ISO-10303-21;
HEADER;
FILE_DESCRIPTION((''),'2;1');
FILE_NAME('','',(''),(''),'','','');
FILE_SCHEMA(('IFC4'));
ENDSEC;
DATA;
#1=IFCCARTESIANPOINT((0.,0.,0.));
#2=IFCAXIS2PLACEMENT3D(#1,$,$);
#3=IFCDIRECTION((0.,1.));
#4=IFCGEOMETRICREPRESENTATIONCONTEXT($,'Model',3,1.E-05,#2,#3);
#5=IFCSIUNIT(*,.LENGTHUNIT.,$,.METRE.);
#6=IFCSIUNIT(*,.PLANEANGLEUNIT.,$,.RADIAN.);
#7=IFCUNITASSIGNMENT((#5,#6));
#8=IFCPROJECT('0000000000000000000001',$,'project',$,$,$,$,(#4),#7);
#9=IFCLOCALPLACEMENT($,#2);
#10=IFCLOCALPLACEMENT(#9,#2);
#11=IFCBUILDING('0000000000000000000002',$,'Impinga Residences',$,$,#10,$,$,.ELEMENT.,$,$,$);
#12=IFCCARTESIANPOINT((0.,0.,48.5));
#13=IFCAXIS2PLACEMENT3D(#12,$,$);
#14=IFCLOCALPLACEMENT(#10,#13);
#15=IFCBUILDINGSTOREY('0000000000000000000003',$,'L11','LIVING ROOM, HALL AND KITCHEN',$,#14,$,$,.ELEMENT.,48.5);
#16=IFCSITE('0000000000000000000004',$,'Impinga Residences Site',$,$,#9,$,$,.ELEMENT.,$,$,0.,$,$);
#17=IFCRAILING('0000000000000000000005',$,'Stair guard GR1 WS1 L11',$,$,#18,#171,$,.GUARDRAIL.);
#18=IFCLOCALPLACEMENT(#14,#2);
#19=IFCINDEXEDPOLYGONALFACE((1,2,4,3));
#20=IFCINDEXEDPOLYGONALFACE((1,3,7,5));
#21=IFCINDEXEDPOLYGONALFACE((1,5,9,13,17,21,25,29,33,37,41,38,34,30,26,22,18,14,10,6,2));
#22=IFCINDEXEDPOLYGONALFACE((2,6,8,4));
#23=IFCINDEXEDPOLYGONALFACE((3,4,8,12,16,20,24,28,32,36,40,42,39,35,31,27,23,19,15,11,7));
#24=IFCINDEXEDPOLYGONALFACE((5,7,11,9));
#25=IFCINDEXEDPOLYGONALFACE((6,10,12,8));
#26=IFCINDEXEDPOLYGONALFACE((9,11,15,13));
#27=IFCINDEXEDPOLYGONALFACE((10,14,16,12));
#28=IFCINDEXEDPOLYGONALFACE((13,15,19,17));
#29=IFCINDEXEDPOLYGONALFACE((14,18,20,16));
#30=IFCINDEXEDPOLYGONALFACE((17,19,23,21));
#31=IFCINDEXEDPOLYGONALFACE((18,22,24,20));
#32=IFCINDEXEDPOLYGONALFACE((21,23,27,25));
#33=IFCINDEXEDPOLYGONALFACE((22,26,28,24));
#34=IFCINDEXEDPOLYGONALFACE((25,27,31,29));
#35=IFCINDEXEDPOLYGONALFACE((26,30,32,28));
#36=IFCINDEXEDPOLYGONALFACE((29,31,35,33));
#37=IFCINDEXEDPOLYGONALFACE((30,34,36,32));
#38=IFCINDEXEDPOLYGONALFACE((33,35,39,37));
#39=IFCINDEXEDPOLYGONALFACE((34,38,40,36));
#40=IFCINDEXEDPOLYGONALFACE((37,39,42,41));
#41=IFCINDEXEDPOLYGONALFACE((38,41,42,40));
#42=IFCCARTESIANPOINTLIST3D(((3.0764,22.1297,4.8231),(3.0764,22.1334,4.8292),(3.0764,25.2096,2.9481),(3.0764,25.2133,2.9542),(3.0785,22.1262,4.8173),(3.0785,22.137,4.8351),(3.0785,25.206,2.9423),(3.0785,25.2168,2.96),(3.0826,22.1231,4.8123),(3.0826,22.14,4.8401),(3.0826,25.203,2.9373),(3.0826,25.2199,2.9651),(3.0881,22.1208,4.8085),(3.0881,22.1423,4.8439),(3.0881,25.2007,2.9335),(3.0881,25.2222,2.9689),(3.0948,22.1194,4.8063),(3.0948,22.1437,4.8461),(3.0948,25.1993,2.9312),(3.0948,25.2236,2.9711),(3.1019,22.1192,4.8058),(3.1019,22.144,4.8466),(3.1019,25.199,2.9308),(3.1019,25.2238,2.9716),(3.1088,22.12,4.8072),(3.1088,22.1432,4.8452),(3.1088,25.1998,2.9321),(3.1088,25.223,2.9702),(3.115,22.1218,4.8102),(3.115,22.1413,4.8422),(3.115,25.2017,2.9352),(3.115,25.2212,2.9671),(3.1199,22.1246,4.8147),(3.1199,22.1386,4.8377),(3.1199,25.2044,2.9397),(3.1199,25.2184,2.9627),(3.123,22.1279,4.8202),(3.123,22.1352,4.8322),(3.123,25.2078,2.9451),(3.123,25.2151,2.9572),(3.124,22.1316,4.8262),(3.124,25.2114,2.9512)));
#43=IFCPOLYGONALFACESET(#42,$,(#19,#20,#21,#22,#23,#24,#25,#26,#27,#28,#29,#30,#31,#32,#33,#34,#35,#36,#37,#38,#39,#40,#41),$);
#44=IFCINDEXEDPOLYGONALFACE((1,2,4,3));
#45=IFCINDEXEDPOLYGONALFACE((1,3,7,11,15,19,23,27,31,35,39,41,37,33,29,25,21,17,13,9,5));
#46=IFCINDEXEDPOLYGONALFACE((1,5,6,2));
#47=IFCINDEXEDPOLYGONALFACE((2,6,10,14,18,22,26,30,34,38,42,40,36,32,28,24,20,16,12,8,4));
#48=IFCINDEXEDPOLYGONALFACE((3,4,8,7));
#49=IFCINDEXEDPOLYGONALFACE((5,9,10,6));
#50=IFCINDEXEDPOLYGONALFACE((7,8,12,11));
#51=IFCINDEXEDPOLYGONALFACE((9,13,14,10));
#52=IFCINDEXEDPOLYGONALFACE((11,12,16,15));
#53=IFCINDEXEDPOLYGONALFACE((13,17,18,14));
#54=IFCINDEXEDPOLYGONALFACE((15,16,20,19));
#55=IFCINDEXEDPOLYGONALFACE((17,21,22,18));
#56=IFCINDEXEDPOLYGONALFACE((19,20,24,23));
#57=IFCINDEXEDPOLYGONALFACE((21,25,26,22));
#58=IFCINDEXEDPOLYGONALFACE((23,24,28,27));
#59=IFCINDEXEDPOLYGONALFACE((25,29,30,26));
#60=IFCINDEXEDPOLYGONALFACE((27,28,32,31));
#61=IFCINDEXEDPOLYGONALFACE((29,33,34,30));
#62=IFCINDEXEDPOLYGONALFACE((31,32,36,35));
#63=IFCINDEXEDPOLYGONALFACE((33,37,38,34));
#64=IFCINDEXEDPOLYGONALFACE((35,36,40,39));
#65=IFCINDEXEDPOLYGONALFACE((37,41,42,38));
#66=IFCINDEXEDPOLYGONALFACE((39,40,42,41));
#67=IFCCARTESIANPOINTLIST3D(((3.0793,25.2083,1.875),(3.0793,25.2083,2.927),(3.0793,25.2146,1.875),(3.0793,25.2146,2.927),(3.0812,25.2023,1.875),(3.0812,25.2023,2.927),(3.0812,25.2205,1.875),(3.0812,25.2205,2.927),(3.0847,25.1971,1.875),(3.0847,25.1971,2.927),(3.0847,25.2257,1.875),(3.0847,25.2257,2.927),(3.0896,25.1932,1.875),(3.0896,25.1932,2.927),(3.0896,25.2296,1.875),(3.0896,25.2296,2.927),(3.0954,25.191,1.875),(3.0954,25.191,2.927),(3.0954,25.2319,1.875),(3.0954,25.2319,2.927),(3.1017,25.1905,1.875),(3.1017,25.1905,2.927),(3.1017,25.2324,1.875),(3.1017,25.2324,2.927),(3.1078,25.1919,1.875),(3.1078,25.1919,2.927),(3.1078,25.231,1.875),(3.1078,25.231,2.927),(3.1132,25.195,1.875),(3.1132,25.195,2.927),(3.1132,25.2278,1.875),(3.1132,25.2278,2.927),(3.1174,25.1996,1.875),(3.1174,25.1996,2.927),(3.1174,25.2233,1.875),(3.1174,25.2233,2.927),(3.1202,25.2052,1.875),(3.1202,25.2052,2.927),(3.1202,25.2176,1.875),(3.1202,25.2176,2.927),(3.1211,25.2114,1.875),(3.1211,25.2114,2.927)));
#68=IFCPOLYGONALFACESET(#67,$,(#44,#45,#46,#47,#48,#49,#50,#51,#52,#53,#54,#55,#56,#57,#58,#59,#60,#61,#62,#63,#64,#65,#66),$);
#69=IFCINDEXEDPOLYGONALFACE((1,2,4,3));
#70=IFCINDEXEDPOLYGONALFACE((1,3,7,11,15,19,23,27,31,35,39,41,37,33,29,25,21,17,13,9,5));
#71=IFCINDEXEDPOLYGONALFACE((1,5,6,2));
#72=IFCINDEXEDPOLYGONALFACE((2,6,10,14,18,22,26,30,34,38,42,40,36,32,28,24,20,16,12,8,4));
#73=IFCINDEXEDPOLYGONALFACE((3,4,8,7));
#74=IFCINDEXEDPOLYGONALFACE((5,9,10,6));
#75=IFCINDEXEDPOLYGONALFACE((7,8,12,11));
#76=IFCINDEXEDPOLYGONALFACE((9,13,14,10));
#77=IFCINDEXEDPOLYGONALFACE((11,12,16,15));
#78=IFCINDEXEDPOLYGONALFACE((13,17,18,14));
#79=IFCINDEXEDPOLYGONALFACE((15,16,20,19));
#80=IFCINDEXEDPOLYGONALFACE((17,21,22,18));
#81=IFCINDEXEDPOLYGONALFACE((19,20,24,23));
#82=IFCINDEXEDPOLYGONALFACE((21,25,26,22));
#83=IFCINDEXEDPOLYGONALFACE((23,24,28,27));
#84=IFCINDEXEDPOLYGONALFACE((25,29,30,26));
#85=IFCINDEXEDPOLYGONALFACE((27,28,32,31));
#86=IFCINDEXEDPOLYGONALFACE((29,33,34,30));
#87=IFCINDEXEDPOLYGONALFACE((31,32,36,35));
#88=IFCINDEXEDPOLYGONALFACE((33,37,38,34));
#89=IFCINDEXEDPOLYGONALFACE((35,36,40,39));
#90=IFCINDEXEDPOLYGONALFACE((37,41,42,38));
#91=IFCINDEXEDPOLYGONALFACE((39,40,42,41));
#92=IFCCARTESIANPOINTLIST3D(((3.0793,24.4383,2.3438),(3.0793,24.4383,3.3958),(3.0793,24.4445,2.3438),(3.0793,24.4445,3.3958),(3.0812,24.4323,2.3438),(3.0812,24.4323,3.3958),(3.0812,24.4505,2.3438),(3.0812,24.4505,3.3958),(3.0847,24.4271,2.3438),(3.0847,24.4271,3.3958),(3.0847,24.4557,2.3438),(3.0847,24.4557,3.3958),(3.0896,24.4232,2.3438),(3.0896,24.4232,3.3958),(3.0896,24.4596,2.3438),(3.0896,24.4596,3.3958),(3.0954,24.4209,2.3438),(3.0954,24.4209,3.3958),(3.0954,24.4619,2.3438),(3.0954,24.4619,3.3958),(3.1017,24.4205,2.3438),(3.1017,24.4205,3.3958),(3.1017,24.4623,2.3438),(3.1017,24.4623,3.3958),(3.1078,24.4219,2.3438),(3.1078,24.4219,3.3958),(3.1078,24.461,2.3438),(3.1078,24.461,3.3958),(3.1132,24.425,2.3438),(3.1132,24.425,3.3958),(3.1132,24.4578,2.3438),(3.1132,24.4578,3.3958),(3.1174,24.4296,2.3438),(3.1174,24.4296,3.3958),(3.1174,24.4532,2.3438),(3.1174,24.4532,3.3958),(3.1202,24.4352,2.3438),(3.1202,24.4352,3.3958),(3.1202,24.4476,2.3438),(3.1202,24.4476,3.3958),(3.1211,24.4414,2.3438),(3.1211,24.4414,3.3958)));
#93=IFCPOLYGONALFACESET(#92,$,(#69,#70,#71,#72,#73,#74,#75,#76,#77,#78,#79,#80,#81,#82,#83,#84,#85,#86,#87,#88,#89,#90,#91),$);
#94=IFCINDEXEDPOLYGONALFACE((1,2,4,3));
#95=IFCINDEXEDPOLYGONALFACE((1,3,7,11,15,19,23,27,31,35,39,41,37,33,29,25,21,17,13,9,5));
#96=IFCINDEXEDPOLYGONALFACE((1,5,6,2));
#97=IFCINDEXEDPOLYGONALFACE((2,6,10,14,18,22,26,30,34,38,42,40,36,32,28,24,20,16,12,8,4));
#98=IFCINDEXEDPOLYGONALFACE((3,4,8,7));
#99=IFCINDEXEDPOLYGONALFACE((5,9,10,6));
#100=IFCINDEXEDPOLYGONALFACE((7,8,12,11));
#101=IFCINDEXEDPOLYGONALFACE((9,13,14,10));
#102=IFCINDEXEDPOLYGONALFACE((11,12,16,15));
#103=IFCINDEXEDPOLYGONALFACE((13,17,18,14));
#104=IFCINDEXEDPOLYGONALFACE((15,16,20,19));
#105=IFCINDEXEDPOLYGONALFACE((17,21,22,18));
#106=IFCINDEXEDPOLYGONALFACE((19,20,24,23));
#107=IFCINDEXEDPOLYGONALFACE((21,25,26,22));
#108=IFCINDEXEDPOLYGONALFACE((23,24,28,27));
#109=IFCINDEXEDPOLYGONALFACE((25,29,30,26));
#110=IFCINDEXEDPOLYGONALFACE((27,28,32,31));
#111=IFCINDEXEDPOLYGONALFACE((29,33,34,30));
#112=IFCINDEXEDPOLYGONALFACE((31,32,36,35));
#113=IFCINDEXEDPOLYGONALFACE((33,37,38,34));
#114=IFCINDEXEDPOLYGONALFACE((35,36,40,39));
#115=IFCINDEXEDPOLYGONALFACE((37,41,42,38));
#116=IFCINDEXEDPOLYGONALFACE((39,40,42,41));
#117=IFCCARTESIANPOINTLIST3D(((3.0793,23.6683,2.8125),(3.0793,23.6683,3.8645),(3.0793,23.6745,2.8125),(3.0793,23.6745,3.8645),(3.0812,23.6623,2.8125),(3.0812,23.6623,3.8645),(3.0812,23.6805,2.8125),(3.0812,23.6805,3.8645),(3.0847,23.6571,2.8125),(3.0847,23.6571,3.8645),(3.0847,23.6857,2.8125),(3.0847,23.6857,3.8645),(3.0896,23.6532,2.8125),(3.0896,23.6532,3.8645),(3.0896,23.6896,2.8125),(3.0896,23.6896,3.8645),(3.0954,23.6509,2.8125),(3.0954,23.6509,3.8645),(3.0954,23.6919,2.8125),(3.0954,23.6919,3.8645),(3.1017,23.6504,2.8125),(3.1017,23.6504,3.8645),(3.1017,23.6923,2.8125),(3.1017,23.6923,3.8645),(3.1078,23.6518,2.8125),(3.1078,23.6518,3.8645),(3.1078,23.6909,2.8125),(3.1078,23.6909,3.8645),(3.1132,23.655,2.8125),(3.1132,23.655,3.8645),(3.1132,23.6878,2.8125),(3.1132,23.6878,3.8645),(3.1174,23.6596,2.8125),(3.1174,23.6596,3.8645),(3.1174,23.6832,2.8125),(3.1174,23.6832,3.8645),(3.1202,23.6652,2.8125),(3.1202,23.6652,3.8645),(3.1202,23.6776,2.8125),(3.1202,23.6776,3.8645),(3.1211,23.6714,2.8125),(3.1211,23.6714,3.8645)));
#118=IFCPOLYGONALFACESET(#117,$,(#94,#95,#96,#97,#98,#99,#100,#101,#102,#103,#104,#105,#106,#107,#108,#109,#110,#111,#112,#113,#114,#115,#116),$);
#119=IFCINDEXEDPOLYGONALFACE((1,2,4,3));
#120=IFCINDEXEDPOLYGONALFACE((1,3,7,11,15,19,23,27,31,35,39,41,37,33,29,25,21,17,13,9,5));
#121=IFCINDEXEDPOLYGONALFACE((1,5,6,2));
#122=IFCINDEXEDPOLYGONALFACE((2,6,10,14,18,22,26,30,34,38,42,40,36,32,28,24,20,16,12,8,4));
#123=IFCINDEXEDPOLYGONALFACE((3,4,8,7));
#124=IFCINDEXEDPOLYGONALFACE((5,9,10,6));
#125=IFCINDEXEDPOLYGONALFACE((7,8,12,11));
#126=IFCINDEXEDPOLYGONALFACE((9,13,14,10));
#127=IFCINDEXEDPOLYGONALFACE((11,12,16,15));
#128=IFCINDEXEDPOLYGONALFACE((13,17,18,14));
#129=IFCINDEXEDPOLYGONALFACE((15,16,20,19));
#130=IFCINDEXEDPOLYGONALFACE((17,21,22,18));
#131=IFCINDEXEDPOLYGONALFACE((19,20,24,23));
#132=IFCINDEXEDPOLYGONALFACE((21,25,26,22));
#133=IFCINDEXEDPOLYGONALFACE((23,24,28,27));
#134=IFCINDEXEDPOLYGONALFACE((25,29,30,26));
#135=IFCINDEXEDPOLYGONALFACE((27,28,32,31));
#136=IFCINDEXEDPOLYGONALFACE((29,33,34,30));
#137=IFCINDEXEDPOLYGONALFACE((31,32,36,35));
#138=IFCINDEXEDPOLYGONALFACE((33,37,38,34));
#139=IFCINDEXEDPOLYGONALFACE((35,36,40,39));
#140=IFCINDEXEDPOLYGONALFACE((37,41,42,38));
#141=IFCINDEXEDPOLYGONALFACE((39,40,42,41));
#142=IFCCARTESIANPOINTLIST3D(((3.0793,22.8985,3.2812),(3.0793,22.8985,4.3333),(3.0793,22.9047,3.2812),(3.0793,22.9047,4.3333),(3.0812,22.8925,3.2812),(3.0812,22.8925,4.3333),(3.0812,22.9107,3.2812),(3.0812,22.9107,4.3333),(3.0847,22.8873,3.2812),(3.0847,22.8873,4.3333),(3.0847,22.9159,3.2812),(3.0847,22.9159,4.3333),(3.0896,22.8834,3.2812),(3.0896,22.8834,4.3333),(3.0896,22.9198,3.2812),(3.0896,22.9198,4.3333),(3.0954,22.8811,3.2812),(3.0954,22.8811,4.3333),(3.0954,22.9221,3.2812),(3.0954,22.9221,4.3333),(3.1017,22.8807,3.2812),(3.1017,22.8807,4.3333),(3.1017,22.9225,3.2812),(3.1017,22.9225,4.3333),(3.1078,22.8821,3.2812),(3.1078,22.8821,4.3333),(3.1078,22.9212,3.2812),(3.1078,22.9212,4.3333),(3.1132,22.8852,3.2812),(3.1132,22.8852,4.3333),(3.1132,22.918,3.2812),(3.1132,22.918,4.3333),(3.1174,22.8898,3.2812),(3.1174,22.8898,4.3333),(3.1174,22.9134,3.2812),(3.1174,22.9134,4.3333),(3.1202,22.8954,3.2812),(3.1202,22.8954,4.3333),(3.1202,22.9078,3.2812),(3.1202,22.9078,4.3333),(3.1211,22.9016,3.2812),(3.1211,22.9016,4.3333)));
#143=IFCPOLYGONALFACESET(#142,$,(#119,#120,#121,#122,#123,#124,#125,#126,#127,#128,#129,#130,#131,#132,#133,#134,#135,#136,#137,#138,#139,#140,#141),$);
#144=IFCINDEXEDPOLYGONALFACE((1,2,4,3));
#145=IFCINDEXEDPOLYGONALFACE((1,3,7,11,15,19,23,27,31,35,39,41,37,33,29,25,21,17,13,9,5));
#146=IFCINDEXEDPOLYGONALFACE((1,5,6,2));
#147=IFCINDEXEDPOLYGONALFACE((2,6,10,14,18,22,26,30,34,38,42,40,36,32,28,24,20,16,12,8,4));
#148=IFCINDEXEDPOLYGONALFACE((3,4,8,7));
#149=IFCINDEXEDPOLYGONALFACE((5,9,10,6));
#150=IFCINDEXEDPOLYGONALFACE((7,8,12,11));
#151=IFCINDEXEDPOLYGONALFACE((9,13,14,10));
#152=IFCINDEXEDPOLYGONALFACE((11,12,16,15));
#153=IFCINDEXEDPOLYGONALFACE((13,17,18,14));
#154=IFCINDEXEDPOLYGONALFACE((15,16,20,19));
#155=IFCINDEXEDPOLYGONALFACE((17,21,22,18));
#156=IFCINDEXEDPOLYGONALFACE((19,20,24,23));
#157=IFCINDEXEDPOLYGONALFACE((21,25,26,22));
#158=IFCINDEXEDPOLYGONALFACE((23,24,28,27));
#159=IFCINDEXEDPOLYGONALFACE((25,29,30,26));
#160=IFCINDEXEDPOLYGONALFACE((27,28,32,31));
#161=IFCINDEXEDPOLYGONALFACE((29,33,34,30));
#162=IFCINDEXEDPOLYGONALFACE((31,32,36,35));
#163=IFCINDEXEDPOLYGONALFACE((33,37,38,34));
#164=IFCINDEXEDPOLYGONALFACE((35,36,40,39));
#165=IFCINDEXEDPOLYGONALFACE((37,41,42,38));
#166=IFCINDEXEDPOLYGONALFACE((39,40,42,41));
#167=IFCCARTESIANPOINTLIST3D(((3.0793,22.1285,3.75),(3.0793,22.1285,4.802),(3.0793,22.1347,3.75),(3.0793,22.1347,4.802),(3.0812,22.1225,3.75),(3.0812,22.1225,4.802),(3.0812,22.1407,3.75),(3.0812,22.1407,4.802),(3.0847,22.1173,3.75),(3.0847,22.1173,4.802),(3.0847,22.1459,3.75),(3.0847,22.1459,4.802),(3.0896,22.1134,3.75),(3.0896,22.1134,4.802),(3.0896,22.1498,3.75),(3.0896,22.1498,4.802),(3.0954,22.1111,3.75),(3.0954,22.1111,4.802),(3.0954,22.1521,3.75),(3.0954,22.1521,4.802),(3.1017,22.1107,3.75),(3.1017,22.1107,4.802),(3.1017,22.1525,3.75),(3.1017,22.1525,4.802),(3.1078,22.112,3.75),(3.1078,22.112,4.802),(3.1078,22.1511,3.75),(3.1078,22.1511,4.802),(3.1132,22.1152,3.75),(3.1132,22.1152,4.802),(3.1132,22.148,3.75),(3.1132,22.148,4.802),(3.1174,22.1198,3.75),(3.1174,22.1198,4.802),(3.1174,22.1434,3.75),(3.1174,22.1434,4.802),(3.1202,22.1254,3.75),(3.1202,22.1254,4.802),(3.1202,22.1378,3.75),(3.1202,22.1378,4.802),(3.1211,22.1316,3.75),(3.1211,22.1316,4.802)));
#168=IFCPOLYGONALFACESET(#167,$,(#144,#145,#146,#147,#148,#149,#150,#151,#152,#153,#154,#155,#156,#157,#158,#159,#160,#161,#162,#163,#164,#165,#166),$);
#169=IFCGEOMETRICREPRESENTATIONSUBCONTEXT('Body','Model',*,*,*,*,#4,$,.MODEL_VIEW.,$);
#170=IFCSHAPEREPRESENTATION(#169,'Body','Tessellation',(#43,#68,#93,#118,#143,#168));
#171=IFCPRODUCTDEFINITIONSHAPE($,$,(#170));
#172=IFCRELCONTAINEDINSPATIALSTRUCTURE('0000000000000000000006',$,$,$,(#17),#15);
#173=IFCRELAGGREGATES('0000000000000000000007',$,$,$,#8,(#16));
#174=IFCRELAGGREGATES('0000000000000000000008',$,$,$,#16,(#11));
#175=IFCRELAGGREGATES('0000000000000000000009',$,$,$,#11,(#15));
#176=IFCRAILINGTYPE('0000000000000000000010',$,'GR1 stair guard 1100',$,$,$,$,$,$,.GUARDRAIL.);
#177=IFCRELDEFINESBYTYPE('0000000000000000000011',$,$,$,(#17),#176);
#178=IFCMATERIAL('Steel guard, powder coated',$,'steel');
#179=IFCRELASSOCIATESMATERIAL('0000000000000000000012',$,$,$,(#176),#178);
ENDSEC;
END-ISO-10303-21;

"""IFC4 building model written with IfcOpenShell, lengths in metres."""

from ifc_helpers import new_model, si_unit, direction, frame, origin, origin_2d, place, context, subcontext, project, spatial, circle, extrude, material, type_object, element, save


model = new_model("IFC4")

# Units and contexts
model_context = context("Model", 3, precision=1e-05, world=origin(), true_north=direction((0.0, 1.0)))
body_context = subcontext(model_context, "Body", "Model", "MODEL_VIEW")
ifc_project = project(units=[si_unit("LENGTHUNIT", "METRE"), si_unit("PLANEANGLEUNIT", "RADIAN")], contexts=[model_context])

# Site, building, storey
site_placement = place(None, origin())
site = spatial("IfcSite", under=ifc_project, at=site_placement, Name="Impinga Residences Site", CompositionType="ELEMENT", RefElevation=0.0)
building_placement = place(site_placement, origin())
building = spatial("IfcBuilding", under=site, at=building_placement, Name="Impinga Residences", CompositionType="ELEMENT")
storey_placement = place(building_placement, frame((0.0, 0.0, 48.5)))
storey = spatial("IfcBuildingStorey", under=building, at=storey_placement, Name="L11", Description="LIVING ROOM, HALL AND KITCHEN", CompositionType="ELEMENT", Elevation=48.5)

# Railing
ifc_material_1 = material(Name="Steel guard, powder coated", Category="steel")
railing_type_1 = type_object("IfcRailingType", Name="GR1 stair guard 1100", PredefinedType="GUARDRAIL", material=ifc_material_1)
railing_1_placement = place(storey_placement, frame((3.1001, 25.2114, 1.875)))
element("IfcRailing", 1, at=railing_1_placement, inside=storey, type_object=railing_type_1, Name="Stair guard GR1 WS1 L11", PredefinedType="GUARDRAIL", context=body_context, shape_type="SweptSolid", body=[
    extrude(circle(Radius=0.0239, at=origin_2d()), frame((0.0, 0.0, 1.0762), z_axis=(0.0, -0.854159, 0.520011), x_axis=(1.0, 0.0, 0.0)), (0.0, 0.0, 1.0), 3.6057),
    extrude(circle(Radius=0.021, at=origin_2d()), origin(), (0.0, 0.0, 1.0), 1.052),
    extrude(circle(Radius=0.021, at=origin_2d()), frame((0.0, -0.77, 0.4688)), (0.0, 0.0, 1.0), 1.052),
    extrude(circle(Radius=0.021, at=origin_2d()), frame((0.0, -1.54, 0.9375)), (0.0, 0.0, 1.0), 1.052),
    extrude(circle(Radius=0.021, at=origin_2d()), frame((0.0, -2.3098, 1.4062)), (0.0, 0.0, 1.0), 1.052),
    extrude(circle(Radius=0.021, at=origin_2d()), frame((0.0, -3.0798, 1.875)), (0.0, 0.0, 1.0), 1.052),
])

save(model, "model.ifc")
